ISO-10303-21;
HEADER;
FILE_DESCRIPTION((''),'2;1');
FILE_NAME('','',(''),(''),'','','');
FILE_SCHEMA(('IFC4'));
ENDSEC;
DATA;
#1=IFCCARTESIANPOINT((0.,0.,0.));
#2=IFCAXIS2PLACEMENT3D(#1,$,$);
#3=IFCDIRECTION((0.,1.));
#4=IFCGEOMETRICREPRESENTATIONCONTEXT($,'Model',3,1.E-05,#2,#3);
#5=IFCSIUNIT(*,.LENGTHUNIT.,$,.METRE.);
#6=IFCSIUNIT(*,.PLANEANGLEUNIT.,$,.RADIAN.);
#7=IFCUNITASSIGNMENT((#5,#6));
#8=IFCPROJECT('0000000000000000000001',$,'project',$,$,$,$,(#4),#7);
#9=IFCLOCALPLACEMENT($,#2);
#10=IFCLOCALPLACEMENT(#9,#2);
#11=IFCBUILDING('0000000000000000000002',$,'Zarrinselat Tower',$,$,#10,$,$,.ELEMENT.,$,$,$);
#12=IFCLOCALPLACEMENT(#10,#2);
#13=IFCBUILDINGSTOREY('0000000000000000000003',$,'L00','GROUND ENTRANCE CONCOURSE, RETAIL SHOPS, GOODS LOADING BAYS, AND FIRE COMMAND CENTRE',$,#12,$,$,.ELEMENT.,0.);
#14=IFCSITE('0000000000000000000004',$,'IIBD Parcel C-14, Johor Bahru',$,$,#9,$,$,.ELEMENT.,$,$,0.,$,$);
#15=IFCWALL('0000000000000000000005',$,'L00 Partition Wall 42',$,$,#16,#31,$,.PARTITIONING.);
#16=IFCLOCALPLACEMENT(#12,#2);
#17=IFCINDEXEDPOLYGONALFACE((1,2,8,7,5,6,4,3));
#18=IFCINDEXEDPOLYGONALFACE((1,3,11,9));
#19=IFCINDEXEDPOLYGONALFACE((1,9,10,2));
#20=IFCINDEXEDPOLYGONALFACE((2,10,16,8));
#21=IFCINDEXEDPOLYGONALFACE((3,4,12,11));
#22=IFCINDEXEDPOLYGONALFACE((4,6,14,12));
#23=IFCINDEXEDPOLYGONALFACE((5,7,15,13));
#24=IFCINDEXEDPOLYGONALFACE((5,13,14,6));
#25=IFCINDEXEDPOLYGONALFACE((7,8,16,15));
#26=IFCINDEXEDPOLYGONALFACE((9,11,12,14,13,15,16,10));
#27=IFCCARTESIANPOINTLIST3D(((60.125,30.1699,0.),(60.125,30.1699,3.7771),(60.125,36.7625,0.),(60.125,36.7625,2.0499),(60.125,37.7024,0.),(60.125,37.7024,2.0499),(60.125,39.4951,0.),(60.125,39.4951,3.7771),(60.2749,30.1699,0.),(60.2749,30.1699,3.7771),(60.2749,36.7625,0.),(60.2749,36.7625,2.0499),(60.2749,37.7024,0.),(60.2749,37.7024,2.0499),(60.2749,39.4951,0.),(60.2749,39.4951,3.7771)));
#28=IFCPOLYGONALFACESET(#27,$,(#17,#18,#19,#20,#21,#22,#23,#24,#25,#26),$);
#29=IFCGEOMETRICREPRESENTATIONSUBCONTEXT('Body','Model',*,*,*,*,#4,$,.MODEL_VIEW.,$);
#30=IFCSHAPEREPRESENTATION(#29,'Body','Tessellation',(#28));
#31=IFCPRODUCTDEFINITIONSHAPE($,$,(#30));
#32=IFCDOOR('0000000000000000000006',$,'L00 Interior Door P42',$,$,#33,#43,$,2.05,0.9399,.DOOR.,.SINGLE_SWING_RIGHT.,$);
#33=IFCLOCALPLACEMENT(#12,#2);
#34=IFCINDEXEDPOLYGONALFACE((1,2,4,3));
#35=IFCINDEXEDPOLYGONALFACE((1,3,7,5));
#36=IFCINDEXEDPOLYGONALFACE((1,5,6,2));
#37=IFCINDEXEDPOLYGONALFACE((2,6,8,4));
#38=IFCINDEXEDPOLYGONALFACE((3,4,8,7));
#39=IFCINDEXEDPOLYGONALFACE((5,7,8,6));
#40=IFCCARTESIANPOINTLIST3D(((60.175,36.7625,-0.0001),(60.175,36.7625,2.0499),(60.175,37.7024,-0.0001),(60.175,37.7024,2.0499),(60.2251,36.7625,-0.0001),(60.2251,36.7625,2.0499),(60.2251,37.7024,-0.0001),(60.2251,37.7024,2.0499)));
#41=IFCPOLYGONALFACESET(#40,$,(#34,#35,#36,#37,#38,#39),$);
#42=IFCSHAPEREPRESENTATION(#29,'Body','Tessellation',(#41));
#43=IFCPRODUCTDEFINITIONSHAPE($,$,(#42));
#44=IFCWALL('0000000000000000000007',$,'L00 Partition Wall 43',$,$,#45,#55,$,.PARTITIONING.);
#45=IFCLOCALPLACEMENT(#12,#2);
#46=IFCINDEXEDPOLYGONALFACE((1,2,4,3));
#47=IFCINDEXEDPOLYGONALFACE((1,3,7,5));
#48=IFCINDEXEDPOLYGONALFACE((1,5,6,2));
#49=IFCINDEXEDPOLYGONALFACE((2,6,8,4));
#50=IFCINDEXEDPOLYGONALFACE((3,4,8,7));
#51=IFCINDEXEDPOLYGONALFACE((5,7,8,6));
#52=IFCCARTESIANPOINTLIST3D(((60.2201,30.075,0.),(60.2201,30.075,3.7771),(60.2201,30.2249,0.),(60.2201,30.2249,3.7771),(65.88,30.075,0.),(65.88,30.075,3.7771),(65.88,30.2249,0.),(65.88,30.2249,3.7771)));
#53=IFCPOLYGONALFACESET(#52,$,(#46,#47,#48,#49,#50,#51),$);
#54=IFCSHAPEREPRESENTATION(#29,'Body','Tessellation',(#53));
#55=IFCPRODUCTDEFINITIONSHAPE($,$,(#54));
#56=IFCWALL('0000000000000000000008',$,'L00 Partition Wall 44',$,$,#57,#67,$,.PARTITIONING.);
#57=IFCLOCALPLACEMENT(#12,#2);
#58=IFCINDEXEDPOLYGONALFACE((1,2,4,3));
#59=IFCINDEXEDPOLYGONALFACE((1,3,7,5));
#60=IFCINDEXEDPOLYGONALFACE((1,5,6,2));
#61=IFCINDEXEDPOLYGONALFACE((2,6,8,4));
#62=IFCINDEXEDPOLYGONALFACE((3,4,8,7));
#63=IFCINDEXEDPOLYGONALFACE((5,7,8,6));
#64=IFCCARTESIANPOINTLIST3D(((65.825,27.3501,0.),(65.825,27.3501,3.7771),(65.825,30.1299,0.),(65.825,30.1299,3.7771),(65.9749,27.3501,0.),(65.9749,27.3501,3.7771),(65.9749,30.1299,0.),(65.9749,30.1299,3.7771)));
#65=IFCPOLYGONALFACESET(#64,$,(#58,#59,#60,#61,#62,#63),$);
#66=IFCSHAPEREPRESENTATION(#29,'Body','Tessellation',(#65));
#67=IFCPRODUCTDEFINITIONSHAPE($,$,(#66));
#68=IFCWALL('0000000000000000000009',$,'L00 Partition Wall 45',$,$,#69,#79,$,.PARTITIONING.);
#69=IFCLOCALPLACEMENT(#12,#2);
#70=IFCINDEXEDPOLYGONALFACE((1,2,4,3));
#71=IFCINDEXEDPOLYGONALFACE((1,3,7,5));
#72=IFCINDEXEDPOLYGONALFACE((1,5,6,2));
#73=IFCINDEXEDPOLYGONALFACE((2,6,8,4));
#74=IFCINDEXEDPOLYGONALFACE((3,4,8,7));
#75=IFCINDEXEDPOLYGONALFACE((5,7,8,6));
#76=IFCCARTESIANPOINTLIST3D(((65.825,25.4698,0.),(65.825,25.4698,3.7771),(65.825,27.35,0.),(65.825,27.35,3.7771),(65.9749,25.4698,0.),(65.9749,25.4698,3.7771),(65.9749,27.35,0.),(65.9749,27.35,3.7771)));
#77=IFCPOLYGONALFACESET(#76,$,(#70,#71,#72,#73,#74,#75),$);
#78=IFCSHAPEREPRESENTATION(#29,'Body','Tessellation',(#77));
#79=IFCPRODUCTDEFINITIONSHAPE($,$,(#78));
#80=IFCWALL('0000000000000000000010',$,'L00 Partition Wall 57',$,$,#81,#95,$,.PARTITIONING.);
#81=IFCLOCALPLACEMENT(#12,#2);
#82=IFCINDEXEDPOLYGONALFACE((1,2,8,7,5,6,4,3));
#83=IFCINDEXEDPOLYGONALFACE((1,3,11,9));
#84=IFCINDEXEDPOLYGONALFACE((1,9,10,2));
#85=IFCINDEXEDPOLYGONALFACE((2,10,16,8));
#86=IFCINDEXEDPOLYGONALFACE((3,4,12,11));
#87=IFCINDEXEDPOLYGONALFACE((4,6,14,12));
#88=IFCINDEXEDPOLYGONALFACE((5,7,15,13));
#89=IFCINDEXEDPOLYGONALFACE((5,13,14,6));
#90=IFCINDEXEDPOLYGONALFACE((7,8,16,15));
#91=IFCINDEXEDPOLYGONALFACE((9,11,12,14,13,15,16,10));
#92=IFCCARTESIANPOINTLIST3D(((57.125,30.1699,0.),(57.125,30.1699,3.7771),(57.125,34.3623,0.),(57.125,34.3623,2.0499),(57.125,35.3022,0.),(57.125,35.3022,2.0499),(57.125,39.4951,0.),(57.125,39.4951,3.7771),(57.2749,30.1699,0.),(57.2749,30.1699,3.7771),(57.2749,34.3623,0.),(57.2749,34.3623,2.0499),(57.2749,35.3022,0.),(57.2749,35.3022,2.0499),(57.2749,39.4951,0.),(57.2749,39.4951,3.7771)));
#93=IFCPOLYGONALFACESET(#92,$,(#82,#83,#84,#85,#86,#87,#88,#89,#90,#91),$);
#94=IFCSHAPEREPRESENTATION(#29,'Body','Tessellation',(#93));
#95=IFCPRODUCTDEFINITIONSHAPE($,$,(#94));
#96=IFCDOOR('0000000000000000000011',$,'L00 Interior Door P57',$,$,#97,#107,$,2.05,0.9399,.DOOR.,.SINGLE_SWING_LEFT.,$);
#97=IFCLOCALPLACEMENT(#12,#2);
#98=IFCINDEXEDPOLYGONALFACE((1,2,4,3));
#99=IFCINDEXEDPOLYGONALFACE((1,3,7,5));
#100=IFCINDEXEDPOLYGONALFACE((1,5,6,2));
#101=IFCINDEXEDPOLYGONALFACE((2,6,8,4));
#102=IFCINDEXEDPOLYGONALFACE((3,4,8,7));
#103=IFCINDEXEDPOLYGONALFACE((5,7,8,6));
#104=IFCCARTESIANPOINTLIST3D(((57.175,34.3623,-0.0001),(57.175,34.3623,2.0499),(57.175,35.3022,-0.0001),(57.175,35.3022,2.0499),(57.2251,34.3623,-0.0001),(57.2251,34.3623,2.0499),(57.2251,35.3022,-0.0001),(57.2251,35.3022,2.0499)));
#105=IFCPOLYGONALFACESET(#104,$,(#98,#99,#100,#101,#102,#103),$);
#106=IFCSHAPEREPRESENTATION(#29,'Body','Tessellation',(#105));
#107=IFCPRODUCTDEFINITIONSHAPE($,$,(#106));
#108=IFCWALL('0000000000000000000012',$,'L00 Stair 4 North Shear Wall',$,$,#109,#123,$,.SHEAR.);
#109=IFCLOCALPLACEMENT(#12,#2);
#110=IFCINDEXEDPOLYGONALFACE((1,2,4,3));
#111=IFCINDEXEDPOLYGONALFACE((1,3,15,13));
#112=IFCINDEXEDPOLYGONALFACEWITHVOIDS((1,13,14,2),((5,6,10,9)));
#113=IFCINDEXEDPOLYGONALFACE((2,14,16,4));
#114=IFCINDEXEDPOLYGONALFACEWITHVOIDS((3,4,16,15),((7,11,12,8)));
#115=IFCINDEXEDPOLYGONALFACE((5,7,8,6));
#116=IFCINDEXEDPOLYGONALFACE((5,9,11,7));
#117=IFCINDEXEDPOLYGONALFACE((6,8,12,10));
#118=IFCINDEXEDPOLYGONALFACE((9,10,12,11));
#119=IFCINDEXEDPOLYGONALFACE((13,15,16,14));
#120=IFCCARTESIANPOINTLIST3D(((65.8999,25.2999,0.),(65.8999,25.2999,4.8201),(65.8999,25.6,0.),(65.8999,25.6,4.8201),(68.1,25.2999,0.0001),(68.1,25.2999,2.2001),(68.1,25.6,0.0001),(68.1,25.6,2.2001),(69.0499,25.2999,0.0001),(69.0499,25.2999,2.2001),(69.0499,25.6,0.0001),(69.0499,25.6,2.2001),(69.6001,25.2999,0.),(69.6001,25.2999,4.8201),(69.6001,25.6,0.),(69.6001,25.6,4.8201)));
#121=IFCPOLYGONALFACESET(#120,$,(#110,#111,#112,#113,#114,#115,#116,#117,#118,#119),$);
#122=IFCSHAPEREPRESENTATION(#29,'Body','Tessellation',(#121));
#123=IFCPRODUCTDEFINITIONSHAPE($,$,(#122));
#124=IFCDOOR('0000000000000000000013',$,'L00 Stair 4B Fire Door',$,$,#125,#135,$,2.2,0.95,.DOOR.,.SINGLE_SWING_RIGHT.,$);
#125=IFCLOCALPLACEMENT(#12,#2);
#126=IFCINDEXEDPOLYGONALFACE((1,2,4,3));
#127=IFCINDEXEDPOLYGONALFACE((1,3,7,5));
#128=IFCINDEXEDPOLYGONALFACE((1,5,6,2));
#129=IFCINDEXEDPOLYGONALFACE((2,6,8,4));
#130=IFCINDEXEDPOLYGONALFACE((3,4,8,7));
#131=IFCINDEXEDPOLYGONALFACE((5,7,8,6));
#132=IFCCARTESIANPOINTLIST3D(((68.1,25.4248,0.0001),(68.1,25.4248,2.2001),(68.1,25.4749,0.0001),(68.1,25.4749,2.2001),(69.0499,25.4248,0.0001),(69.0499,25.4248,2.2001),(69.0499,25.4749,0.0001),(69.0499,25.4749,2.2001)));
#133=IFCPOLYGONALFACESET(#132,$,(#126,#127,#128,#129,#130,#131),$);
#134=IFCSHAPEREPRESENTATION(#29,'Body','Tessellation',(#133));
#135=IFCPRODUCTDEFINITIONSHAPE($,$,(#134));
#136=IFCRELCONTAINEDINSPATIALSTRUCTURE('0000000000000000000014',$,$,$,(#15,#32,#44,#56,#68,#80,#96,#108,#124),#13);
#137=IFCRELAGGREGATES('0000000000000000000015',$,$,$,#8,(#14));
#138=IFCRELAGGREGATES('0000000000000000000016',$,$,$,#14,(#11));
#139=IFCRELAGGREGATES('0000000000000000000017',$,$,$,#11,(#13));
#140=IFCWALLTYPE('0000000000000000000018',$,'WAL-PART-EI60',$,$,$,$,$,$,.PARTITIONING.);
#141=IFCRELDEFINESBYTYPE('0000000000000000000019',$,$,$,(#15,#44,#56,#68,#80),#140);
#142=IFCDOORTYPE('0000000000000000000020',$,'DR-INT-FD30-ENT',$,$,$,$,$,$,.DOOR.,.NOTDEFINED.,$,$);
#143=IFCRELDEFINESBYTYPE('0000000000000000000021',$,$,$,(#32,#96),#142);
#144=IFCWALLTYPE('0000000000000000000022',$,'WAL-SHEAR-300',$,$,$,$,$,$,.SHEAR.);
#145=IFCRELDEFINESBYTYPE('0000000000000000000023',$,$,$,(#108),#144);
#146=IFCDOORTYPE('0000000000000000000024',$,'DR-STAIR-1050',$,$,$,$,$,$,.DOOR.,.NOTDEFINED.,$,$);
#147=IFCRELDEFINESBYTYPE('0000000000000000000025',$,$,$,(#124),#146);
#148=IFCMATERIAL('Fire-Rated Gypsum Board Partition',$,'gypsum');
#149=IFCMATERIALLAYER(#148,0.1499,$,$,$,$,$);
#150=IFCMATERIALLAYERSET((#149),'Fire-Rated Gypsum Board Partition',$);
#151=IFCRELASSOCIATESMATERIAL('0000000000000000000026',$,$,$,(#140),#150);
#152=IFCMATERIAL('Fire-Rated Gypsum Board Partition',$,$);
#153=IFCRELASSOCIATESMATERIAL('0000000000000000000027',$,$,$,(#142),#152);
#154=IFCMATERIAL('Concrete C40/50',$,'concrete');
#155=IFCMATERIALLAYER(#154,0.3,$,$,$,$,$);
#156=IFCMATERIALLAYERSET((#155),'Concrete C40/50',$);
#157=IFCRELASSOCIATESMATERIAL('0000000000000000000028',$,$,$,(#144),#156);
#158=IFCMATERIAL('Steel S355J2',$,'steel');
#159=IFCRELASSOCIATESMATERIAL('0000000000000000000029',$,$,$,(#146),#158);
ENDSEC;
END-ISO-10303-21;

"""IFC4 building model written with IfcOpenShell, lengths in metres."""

from ifc_helpers import new_model, si_unit, direction, frame, frame_2d, origin, place, context, subcontext, project, spatial, rectangle, extrude, material, layer, layer_set, type_object, element, fill, save


model = new_model("IFC4")

# Units and contexts
model_context = context("Model", 3, precision=1e-05, world=origin(), true_north=direction((0.0, 1.0)))
body_context = subcontext(model_context, "Body", "Model", "MODEL_VIEW")
ifc_project = project(units=[si_unit("LENGTHUNIT", "METRE"), si_unit("PLANEANGLEUNIT", "RADIAN")], contexts=[model_context])

# Site, building, storey
site_placement = place(None, origin())
site = spatial("IfcSite", under=ifc_project, at=site_placement, Name="IIBD Parcel C-14, Johor Bahru", CompositionType="ELEMENT", RefElevation=0.0)
building_placement = place(site_placement, origin())
building = spatial("IfcBuilding", under=site, at=building_placement, Name="Zarrinselat Tower", CompositionType="ELEMENT")
storey_placement = place(building_placement, origin())
storey = spatial("IfcBuildingStorey", under=building, at=storey_placement, Name="L00", Description="GROUND ENTRANCE CONCOURSE, RETAIL SHOPS, GOODS LOADING BAYS, AND FIRE COMMAND CENTRE", CompositionType="ELEMENT", Elevation=0.0)

# Shared definitions
ifc_material_1 = material(Name="Fire-Rated Gypsum Board Partition", Category="gypsum")
ifc_layer_1 = layer(ifc_material_1, 0.1499)
ifc_layer_set_1 = layer_set([ifc_layer_1], Name="Fire-Rated Gypsum Board Partition")
wall_type_1 = type_object("IfcWallType", Name="WAL-PART-EI60", PredefinedType="PARTITIONING", material=ifc_layer_set_1)

# Wall, opening, door
wall_1_placement = place(storey_placement, frame((60.2, 30.1699, 0.0), z_axis=(0.0, 0.0, 1.0), x_axis=(0.0, 1.0, 0.0)))
wall_1 = element("IfcWall", 1, at=wall_1_placement, inside=storey, type_object=wall_type_1, Name="L00 Partition Wall 42", PredefinedType="PARTITIONING", context=body_context, shape_type="SweptSolid", body=[
    extrude(rectangle(XDim=9.3252, YDim=0.1499, at=frame_2d((4.6626, 0.0))), origin(), (0.0, 0.0, 1.0), 3.7771),
])
opening_1_placement = place(wall_1_placement, frame((6.5925, 0.0, 0.0)))
opening_1 = element("IfcOpeningElement", 2, at=opening_1_placement, cuts=wall_1, PredefinedType="OPENING", context=body_context, shape_type="SweptSolid", body=[
    extrude(rectangle(XDim=0.9399, YDim=2.05, at=frame_2d((0.47, 1.0249))), frame((0.0, 0.085, 0.0), z_axis=(0.0, -1.0, 0.0), x_axis=(1.0, 0.0, 0.0)), (0.0, 0.0, 1.0), 0.1699),
])
ifc_material_2 = material(Name="Fire-Rated Gypsum Board Partition")
door_type_1 = type_object("IfcDoorType", Name="DR-INT-FD30-ENT", OperationType="NOTDEFINED", PredefinedType="DOOR", material=ifc_material_2)
door_1_placement = place(opening_1_placement, origin())
door_1 = element("IfcDoor", 3, at=door_1_placement, inside=storey, type_object=door_type_1, Name="L00 Interior Door P42", OperationType="SINGLE_SWING_RIGHT", OverallHeight=2.05, OverallWidth=0.9399, PredefinedType="DOOR", context=body_context, shape_type="SweptSolid", body=[
    extrude(rectangle(XDim=0.9399, YDim=2.05, at=frame_2d((0.47, 1.0249))), frame((0.0, 0.0249, 0.0), z_axis=(0.0, -1.0, 0.0), x_axis=(1.0, 0.0, 0.0)), (0.0, 0.0, 1.0), 0.05),
])
fill(opening_1, door_1)

# Walls
wall_2_placement = place(storey_placement, frame((60.22, 30.1499, 0.0), z_axis=(0.0, 0.0, 1.0), x_axis=(1.0, 0.0, 0.0)))
element("IfcWall", 4, at=wall_2_placement, inside=storey, type_object=wall_type_1, Name="L00 Partition Wall 43", PredefinedType="PARTITIONING", context=body_context, shape_type="SweptSolid", body=[
    extrude(rectangle(XDim=5.6599, YDim=0.1499, at=frame_2d((2.8301, 0.0))), origin(), (0.0, 0.0, 1.0), 3.7771),
])
wall_3_placement = place(storey_placement, frame((65.8999, 27.3501, 0.0), z_axis=(0.0, 0.0, 1.0), x_axis=(0.0, 1.0, 0.0)))
element("IfcWall", 5, at=wall_3_placement, inside=storey, type_object=wall_type_1, Name="L00 Partition Wall 44", PredefinedType="PARTITIONING", context=body_context, shape_type="SweptSolid", body=[
    extrude(rectangle(XDim=2.7798, YDim=0.1499, at=frame_2d((1.3899, 0.0))), origin(), (0.0, 0.0, 1.0), 3.7771),
])
wall_4_placement = place(storey_placement, frame((65.8999, 25.47, 0.0), z_axis=(0.0, 0.0, 1.0), x_axis=(0.0, 1.0, 0.0)))
element("IfcWall", 6, at=wall_4_placement, inside=storey, type_object=wall_type_1, Name="L00 Partition Wall 45", PredefinedType="PARTITIONING", context=body_context, shape_type="SweptSolid", body=[
    extrude(rectangle(XDim=1.8801, YDim=0.1499, at=frame_2d((0.9399, 0.0))), origin(), (0.0, 0.0, 1.0), 3.7771),
])

# Walls, openings, doors
wall_5_placement = place(storey_placement, frame((57.2, 30.1699, 0.0), z_axis=(0.0, 0.0, 1.0), x_axis=(0.0, 1.0, 0.0)))
wall_5 = element("IfcWall", 7, at=wall_5_placement, inside=storey, type_object=wall_type_1, Name="L00 Partition Wall 57", PredefinedType="PARTITIONING", context=body_context, shape_type="SweptSolid", body=[
    extrude(rectangle(XDim=9.3252, YDim=0.1499, at=frame_2d((4.6626, 0.0))), origin(), (0.0, 0.0, 1.0), 3.7771),
])
opening_2_placement = place(wall_5_placement, frame((4.1924, 0.0, 0.0)))
opening_2 = element("IfcOpeningElement", 8, at=opening_2_placement, cuts=wall_5, PredefinedType="OPENING", context=body_context, shape_type="SweptSolid", body=[
    extrude(rectangle(XDim=0.9399, YDim=2.05, at=frame_2d((0.47, 1.0249))), frame((0.0, 0.085, 0.0), z_axis=(0.0, -1.0, 0.0), x_axis=(1.0, 0.0, 0.0)), (0.0, 0.0, 1.0), 0.1699),
])
door_2_placement = place(opening_2_placement, origin())
door_2 = element("IfcDoor", 9, at=door_2_placement, inside=storey, type_object=door_type_1, Name="L00 Interior Door P57", OperationType="SINGLE_SWING_LEFT", OverallHeight=2.05, OverallWidth=0.9399, PredefinedType="DOOR", context=body_context, shape_type="SweptSolid", body=[
    extrude(rectangle(XDim=0.9399, YDim=2.05, at=frame_2d((0.47, 1.0249))), frame((0.0, 0.0249, 0.0), z_axis=(0.0, -1.0, 0.0), x_axis=(1.0, 0.0, 0.0)), (0.0, 0.0, 1.0), 0.05),
])
fill(opening_2, door_2)
ifc_material_3 = material(Name="Concrete C40/50", Category="concrete")
ifc_layer_2 = layer(ifc_material_3, 0.3)
ifc_layer_set_2 = layer_set([ifc_layer_2], Name="Concrete C40/50")
wall_type_2 = type_object("IfcWallType", Name="WAL-SHEAR-300", PredefinedType="SHEAR", material=ifc_layer_set_2)
wall_6_placement = place(storey_placement, frame((65.8999, 25.45, 0.0), z_axis=(0.0, 0.0, 1.0), x_axis=(1.0, 0.0, 0.0)))
wall_6 = element("IfcWall", 10, at=wall_6_placement, inside=storey, type_object=wall_type_2, Name="L00 Stair 4 North Shear Wall", PredefinedType="SHEAR", context=body_context, shape_type="SweptSolid", body=[
    extrude(rectangle(XDim=3.7002, YDim=0.3, at=frame_2d((1.8501, 0.0))), origin(), (0.0, 0.0, 1.0), 4.8201),
])
opening_3_placement = place(wall_6_placement, frame((2.2, 0.0, 0.0)))
opening_3 = element("IfcOpeningElement", 11, at=opening_3_placement, cuts=wall_6, PredefinedType="OPENING", context=body_context, shape_type="SweptSolid", body=[
    extrude(rectangle(XDim=0.95, YDim=2.2, at=frame_2d((0.4751, 1.1001))), frame((0.0, 0.1599, 0.0), z_axis=(0.0, -1.0, 0.0), x_axis=(1.0, 0.0, 0.0)), (0.0, 0.0, 1.0), 0.3201),
])
ifc_material_4 = material(Name="Steel S355J2", Category="steel")
door_type_2 = type_object("IfcDoorType", Name="DR-STAIR-1050", OperationType="NOTDEFINED", PredefinedType="DOOR", material=ifc_material_4)
door_3_placement = place(opening_3_placement, origin())
door_3 = element("IfcDoor", 12, at=door_3_placement, inside=storey, type_object=door_type_2, Name="L00 Stair 4B Fire Door", OperationType="SINGLE_SWING_RIGHT", OverallHeight=2.2, OverallWidth=0.95, PredefinedType="DOOR", context=body_context, shape_type="SweptSolid", body=[
    extrude(rectangle(XDim=0.95, YDim=2.2, at=frame_2d((0.4751, 1.1001))), frame((0.0, 0.0249, 0.0), z_axis=(0.0, -1.0, 0.0), x_axis=(1.0, 0.0, 0.0)), (0.0, 0.0, 1.0), 0.05),
])
fill(opening_3, door_3)

save(model, "model.ifc")
